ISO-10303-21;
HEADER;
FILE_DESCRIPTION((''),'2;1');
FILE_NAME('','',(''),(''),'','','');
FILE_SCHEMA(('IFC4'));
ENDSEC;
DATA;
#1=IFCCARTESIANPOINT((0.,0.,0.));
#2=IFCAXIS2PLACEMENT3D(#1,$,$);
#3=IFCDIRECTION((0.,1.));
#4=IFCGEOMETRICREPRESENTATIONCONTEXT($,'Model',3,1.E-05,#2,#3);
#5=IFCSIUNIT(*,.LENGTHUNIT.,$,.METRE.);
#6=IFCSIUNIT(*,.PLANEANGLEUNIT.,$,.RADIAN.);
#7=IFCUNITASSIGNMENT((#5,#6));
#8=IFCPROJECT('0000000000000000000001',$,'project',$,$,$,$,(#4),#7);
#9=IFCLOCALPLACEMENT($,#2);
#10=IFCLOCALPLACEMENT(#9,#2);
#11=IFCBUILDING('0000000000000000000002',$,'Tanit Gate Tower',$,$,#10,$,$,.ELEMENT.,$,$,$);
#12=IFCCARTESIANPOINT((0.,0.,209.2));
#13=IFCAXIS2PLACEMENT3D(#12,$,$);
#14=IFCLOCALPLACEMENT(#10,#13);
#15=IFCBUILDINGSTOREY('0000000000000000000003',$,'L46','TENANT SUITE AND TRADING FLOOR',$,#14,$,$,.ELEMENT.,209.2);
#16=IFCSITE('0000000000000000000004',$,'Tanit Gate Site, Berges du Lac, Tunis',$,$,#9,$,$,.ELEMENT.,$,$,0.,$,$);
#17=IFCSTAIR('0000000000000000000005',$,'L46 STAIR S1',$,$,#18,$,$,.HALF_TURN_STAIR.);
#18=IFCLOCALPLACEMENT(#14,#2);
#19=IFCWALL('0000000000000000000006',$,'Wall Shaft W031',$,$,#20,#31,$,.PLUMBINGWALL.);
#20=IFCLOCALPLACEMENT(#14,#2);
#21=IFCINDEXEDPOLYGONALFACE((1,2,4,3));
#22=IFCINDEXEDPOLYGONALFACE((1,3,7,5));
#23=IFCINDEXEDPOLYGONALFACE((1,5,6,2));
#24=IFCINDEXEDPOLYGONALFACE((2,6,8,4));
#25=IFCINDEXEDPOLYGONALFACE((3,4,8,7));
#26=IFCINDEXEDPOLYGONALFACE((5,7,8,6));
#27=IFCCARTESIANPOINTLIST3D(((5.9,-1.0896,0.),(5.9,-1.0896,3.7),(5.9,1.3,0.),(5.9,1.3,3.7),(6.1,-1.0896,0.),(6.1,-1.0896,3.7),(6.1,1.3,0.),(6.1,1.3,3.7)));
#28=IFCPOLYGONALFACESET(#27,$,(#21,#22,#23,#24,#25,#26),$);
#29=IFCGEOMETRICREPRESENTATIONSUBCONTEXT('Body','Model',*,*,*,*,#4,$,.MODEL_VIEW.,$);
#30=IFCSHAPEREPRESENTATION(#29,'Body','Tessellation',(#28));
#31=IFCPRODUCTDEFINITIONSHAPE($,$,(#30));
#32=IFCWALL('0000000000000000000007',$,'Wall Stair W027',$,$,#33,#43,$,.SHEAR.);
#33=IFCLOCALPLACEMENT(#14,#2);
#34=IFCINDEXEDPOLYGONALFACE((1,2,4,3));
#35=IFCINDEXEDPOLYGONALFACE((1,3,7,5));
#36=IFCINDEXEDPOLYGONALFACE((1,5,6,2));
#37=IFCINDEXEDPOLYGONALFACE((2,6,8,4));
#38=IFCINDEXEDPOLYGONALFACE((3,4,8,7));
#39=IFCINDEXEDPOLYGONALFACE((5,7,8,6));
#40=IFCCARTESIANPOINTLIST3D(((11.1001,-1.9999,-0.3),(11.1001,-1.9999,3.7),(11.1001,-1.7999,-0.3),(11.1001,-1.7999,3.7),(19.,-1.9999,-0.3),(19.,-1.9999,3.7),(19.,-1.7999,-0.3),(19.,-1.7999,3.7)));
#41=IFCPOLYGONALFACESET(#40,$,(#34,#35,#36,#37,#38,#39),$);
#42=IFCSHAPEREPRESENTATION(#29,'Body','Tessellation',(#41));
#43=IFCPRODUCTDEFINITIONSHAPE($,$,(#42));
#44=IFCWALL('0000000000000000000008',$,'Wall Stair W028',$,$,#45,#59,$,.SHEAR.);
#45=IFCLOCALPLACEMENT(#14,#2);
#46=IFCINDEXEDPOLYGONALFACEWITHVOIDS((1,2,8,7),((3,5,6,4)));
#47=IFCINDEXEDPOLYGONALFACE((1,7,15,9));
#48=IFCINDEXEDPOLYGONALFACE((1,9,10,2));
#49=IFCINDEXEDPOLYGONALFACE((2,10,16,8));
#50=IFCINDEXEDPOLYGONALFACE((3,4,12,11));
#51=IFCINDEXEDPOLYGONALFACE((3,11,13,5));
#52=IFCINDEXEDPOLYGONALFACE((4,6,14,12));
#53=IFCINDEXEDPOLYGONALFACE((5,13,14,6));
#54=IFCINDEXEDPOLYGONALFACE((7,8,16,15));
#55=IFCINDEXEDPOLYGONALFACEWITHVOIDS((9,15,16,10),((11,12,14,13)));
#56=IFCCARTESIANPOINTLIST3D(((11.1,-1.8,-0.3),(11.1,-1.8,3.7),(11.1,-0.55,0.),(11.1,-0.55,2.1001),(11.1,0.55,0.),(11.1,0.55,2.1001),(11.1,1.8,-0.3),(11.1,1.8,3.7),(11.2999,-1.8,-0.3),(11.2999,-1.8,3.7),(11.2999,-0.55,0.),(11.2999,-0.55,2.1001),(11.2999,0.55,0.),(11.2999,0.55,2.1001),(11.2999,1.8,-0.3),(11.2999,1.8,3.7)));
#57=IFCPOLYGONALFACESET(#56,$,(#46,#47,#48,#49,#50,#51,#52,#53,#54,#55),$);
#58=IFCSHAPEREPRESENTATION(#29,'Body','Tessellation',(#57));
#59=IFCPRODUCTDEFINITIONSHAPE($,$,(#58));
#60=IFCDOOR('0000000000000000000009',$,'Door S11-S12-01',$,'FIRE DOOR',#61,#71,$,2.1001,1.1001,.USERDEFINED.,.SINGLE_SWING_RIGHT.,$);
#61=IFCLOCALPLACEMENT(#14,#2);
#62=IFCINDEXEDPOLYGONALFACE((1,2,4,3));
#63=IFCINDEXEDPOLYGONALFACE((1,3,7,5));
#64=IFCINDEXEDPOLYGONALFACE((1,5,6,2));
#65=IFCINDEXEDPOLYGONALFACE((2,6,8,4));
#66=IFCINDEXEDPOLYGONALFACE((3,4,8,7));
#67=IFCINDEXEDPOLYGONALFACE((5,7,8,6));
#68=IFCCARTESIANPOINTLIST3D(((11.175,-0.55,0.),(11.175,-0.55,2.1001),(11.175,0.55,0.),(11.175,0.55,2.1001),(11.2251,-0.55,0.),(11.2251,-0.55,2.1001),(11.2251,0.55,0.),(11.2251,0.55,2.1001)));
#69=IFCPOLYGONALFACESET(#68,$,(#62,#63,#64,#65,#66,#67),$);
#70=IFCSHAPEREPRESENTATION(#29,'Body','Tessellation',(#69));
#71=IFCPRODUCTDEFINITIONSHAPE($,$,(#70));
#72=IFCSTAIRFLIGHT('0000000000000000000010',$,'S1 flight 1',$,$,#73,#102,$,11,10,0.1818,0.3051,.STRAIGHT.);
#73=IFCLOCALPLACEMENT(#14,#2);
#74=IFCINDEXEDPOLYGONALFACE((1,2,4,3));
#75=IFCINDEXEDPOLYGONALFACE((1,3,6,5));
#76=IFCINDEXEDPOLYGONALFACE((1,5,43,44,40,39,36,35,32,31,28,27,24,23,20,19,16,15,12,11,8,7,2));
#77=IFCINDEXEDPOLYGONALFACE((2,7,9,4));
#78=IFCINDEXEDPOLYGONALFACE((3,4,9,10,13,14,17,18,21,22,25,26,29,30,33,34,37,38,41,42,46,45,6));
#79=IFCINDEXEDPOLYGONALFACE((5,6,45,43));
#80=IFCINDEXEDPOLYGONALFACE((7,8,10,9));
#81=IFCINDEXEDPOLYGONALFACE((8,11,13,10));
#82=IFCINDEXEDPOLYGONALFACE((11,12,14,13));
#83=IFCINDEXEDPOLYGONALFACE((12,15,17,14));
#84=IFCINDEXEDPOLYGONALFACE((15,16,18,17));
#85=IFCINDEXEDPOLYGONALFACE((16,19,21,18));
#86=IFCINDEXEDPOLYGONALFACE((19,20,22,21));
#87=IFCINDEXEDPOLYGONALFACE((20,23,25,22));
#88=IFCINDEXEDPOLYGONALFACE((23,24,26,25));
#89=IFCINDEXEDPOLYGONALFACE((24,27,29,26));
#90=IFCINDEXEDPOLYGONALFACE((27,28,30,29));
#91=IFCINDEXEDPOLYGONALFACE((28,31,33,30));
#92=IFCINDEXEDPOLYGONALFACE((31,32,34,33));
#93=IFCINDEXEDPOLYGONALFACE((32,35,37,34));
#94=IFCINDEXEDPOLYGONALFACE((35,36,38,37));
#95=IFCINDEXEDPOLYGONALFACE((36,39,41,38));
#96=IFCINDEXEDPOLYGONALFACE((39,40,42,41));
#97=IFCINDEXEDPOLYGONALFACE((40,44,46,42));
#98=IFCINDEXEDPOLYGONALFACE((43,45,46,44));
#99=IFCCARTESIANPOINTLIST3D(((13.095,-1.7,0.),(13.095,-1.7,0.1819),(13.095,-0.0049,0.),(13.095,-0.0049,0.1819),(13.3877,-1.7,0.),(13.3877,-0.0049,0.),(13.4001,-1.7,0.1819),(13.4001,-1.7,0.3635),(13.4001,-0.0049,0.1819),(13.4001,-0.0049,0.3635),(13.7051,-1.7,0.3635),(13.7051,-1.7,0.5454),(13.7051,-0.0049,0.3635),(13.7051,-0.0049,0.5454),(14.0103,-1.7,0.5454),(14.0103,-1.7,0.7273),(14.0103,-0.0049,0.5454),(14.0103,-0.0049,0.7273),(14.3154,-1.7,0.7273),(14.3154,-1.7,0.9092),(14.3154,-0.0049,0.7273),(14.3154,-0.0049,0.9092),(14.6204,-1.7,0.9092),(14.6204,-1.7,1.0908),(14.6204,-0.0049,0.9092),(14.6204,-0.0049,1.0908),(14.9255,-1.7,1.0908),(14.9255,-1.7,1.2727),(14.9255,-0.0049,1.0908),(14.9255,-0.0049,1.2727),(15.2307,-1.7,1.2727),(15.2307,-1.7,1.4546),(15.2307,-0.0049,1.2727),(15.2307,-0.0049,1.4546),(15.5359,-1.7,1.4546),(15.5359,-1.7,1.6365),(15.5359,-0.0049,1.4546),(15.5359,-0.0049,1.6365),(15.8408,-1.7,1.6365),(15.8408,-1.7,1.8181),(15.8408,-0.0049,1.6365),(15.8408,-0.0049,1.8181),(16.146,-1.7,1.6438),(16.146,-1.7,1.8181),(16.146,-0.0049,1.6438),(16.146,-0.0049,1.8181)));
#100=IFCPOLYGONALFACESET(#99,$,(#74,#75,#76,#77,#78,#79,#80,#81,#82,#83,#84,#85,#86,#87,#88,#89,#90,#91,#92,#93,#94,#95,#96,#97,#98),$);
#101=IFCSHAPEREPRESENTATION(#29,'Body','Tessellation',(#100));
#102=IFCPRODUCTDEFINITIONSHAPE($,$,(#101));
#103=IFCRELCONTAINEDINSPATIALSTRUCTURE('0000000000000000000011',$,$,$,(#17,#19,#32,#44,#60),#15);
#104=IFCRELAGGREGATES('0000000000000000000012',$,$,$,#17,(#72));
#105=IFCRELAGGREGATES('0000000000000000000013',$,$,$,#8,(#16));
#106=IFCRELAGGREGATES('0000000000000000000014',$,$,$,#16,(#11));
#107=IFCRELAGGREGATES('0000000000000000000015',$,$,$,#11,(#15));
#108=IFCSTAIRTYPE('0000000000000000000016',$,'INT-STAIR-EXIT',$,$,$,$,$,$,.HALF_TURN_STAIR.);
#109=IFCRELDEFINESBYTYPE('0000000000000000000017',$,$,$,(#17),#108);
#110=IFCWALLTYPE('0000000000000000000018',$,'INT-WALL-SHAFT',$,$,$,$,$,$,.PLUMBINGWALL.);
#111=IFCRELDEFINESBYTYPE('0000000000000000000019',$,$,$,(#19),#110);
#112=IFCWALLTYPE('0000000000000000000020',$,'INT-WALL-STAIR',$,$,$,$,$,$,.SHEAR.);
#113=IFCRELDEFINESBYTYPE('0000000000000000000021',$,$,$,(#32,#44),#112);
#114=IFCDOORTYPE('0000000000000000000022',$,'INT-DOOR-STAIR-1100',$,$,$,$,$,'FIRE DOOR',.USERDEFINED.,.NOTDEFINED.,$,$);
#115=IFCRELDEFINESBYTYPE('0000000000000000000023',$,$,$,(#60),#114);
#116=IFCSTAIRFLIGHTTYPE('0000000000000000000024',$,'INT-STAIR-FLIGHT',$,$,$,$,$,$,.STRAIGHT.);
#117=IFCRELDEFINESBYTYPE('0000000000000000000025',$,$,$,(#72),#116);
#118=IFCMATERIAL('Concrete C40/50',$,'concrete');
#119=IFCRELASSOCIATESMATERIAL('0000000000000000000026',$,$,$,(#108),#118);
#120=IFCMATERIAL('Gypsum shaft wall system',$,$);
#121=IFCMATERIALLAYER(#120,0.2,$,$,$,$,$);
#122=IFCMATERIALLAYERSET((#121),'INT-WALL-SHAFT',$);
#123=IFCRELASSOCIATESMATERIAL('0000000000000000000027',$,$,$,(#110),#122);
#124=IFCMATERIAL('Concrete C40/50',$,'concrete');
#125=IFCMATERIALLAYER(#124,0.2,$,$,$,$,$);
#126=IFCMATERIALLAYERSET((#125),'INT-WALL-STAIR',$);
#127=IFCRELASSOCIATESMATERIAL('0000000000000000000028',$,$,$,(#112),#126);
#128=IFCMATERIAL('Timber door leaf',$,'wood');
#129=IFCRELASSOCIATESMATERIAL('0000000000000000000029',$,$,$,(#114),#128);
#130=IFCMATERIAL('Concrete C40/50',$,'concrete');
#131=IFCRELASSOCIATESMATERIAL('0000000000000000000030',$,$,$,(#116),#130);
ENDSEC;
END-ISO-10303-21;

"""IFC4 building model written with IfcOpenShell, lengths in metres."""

from ifc_helpers import new_model, si_unit, direction, frame, frame_2d, origin, place, context, subcontext, project, spatial, polyline, rectangle, outline, extrude, material, layer, layer_set, type_object, element, fill, aggregate, save


model = new_model("IFC4")

# Units and contexts
model_context = context("Model", 3, precision=1e-05, world=origin(), true_north=direction((0.0, 1.0)))
body_context = subcontext(model_context, "Body", "Model", "MODEL_VIEW")
ifc_project = project(units=[si_unit("LENGTHUNIT", "METRE"), si_unit("PLANEANGLEUNIT", "RADIAN")], contexts=[model_context])

# Site, building, storey
site_placement = place(None, origin())
site = spatial("IfcSite", under=ifc_project, at=site_placement, Name="Tanit Gate Site, Berges du Lac, Tunis", CompositionType="ELEMENT", RefElevation=0.0)
building_placement = place(site_placement, origin())
building = spatial("IfcBuilding", under=site, at=building_placement, Name="Tanit Gate Tower", CompositionType="ELEMENT")
storey_placement = place(building_placement, frame((0.0, 0.0, 209.2)))
storey = spatial("IfcBuildingStorey", under=building, at=storey_placement, Name="L46", Description="TENANT SUITE AND TRADING FLOOR", CompositionType="ELEMENT", Elevation=209.2)

# Stair
ifc_material_1 = material(Name="Concrete C40/50", Category="concrete")
stair_type = type_object("IfcStairType", Name="INT-STAIR-EXIT", PredefinedType="HALF_TURN_STAIR", material=ifc_material_1)
stair_placement = place(storey_placement, origin())
stair = element("IfcStair", 1, at=stair_placement, inside=storey, type_object=stair_type, Name="L46 STAIR S1", PredefinedType="HALF_TURN_STAIR")

# Walls
ifc_material_2 = material(Name="Gypsum shaft wall system")
ifc_layer_1 = layer(ifc_material_2, 0.2)
ifc_layer_set_1 = layer_set([ifc_layer_1], Name="INT-WALL-SHAFT")
wall_type_1 = type_object("IfcWallType", Name="INT-WALL-SHAFT", PredefinedType="PLUMBINGWALL", material=ifc_layer_set_1)
wall_1_placement = place(storey_placement, frame((6.0, -1.0896, 0.0), z_axis=(0.0, 0.0, 1.0), x_axis=(0.0, 1.0, 0.0)))
element("IfcWall", 2, at=wall_1_placement, inside=storey, type_object=wall_type_1, Name="Wall Shaft W031", PredefinedType="PLUMBINGWALL", context=body_context, shape_type="SweptSolid", body=[
    extrude(rectangle(XDim=2.3896, YDim=0.2, at=frame_2d((1.1948, 0.0))), origin(), (0.0, 0.0, 1.0), 3.7),
])
ifc_material_3 = material(Name="Concrete C40/50", Category="concrete")
ifc_layer_2 = layer(ifc_material_3, 0.2)
ifc_layer_set_2 = layer_set([ifc_layer_2], Name="INT-WALL-STAIR")
wall_type_2 = type_object("IfcWallType", Name="INT-WALL-STAIR", PredefinedType="SHEAR", material=ifc_layer_set_2)
wall_2_placement = place(storey_placement, frame((11.1001, -1.8999, -0.3), z_axis=(0.0, 0.0, 1.0), x_axis=(1.0, 0.0, 0.0)))
element("IfcWall", 3, at=wall_2_placement, inside=storey, type_object=wall_type_2, Name="Wall Stair W027", PredefinedType="SHEAR", context=body_context, shape_type="SweptSolid", body=[
    extrude(rectangle(XDim=7.8999, YDim=0.2, at=frame_2d((3.95, 0.0))), origin(), (0.0, 0.0, 1.0), 4.0),
])

# Wall, opening, door
wall_3_placement = place(storey_placement, frame((11.2, -1.8, -0.3), z_axis=(0.0, 0.0, 1.0), x_axis=(0.0, 1.0, 0.0)))
wall_3 = element("IfcWall", 4, at=wall_3_placement, inside=storey, type_object=wall_type_2, Name="Wall Stair W028", PredefinedType="SHEAR", context=body_context, shape_type="SweptSolid", body=[
    extrude(rectangle(XDim=3.6001, YDim=0.2, at=frame_2d((1.8, 0.0))), origin(), (0.0, 0.0, 1.0), 4.0),
])
opening_1_placement = place(wall_3_placement, frame((1.25, 0.0, 0.3)))
opening_1 = element("IfcOpeningElement", 5, at=opening_1_placement, cuts=wall_3, PredefinedType="OPENING", context=body_context, shape_type="SweptSolid", body=[
    extrude(rectangle(XDim=1.1001, YDim=2.1001, at=frame_2d((0.55, 1.05))), frame((0.0, 0.1099, 0.0), z_axis=(0.0, -1.0, 0.0), x_axis=(1.0, 0.0, 0.0)), (0.0, 0.0, 1.0), 0.22),
])
ifc_material_4 = material(Name="Timber door leaf", Category="wood")
door_type_1 = type_object("IfcDoorType", Name="INT-DOOR-STAIR-1100", ElementType="FIRE DOOR", OperationType="NOTDEFINED", PredefinedType="USERDEFINED", material=ifc_material_4)
door_1_placement = place(opening_1_placement, origin())
door_1 = element("IfcDoor", 6, at=door_1_placement, inside=storey, type_object=door_type_1, Name="Door S11-S12-01", ObjectType="FIRE DOOR", OperationType="SINGLE_SWING_RIGHT", OverallHeight=2.1001, OverallWidth=1.1001, PredefinedType="USERDEFINED", context=body_context, shape_type="SweptSolid", body=[
    extrude(rectangle(XDim=1.1001, YDim=2.1001, at=frame_2d((0.55, 1.05))), frame((0.0, 0.0249, 0.0), z_axis=(0.0, -1.0, 0.0), x_axis=(1.0, 0.0, 0.0)), (0.0, 0.0, 1.0), 0.05),
])
fill(opening_1, door_1)

# Stair flight
ifc_material_5 = material(Name="Concrete C40/50", Category="concrete")
stair_flight_type = type_object("IfcStairFlightType", Name="INT-STAIR-FLIGHT", PredefinedType="STRAIGHT", material=ifc_material_5)
stair_flight_placement = place(storey_placement, frame((13.095, -0.8525, 0.0), z_axis=(0.0, 0.0, 1.0), x_axis=(1.0, 0.0, 0.0)))
stair_flight = element("IfcStairFlight", 7, at=stair_flight_placement, type_object=stair_flight_type, Name="S1 flight 1", NumberOfRisers=11, NumberOfTreads=10, PredefinedType="STRAIGHT", RiserHeight=0.1818, TreadLength=0.3051, context=body_context, shape_type="SweptSolid", body=[
    extrude(outline(polyline([(0.0, 0.0), (0.0, 0.1819), (0.3052, 0.1819), (0.3052, 0.3635), (0.6101, 0.3635), (0.6101, 0.5454), (0.9153, 0.5454), (0.9153, 0.7273), (1.2205, 0.7273), (1.2205, 0.9092), (1.5254, 0.9092), (1.5254, 1.0908), (1.8306, 1.0908), (1.8306, 1.2727), (2.1357, 1.2727), (2.1357, 1.4546), (2.4409, 1.4546), (2.4409, 1.6365), (2.7458, 1.6365), (2.7458, 1.8181), (3.051, 1.8181), (3.051, 2.0), (3.051, 1.6438), (0.2927, 0.0), (0.0, 0.0)])), frame((0.0, 0.8477, 0.0), z_axis=(0.0, -1.0, 0.0), x_axis=(1.0, 0.0, 0.0)), (0.0, 0.0, 1.0), 1.6951),
])
aggregate(stair, [stair_flight])

save(model, "model.ifc")
